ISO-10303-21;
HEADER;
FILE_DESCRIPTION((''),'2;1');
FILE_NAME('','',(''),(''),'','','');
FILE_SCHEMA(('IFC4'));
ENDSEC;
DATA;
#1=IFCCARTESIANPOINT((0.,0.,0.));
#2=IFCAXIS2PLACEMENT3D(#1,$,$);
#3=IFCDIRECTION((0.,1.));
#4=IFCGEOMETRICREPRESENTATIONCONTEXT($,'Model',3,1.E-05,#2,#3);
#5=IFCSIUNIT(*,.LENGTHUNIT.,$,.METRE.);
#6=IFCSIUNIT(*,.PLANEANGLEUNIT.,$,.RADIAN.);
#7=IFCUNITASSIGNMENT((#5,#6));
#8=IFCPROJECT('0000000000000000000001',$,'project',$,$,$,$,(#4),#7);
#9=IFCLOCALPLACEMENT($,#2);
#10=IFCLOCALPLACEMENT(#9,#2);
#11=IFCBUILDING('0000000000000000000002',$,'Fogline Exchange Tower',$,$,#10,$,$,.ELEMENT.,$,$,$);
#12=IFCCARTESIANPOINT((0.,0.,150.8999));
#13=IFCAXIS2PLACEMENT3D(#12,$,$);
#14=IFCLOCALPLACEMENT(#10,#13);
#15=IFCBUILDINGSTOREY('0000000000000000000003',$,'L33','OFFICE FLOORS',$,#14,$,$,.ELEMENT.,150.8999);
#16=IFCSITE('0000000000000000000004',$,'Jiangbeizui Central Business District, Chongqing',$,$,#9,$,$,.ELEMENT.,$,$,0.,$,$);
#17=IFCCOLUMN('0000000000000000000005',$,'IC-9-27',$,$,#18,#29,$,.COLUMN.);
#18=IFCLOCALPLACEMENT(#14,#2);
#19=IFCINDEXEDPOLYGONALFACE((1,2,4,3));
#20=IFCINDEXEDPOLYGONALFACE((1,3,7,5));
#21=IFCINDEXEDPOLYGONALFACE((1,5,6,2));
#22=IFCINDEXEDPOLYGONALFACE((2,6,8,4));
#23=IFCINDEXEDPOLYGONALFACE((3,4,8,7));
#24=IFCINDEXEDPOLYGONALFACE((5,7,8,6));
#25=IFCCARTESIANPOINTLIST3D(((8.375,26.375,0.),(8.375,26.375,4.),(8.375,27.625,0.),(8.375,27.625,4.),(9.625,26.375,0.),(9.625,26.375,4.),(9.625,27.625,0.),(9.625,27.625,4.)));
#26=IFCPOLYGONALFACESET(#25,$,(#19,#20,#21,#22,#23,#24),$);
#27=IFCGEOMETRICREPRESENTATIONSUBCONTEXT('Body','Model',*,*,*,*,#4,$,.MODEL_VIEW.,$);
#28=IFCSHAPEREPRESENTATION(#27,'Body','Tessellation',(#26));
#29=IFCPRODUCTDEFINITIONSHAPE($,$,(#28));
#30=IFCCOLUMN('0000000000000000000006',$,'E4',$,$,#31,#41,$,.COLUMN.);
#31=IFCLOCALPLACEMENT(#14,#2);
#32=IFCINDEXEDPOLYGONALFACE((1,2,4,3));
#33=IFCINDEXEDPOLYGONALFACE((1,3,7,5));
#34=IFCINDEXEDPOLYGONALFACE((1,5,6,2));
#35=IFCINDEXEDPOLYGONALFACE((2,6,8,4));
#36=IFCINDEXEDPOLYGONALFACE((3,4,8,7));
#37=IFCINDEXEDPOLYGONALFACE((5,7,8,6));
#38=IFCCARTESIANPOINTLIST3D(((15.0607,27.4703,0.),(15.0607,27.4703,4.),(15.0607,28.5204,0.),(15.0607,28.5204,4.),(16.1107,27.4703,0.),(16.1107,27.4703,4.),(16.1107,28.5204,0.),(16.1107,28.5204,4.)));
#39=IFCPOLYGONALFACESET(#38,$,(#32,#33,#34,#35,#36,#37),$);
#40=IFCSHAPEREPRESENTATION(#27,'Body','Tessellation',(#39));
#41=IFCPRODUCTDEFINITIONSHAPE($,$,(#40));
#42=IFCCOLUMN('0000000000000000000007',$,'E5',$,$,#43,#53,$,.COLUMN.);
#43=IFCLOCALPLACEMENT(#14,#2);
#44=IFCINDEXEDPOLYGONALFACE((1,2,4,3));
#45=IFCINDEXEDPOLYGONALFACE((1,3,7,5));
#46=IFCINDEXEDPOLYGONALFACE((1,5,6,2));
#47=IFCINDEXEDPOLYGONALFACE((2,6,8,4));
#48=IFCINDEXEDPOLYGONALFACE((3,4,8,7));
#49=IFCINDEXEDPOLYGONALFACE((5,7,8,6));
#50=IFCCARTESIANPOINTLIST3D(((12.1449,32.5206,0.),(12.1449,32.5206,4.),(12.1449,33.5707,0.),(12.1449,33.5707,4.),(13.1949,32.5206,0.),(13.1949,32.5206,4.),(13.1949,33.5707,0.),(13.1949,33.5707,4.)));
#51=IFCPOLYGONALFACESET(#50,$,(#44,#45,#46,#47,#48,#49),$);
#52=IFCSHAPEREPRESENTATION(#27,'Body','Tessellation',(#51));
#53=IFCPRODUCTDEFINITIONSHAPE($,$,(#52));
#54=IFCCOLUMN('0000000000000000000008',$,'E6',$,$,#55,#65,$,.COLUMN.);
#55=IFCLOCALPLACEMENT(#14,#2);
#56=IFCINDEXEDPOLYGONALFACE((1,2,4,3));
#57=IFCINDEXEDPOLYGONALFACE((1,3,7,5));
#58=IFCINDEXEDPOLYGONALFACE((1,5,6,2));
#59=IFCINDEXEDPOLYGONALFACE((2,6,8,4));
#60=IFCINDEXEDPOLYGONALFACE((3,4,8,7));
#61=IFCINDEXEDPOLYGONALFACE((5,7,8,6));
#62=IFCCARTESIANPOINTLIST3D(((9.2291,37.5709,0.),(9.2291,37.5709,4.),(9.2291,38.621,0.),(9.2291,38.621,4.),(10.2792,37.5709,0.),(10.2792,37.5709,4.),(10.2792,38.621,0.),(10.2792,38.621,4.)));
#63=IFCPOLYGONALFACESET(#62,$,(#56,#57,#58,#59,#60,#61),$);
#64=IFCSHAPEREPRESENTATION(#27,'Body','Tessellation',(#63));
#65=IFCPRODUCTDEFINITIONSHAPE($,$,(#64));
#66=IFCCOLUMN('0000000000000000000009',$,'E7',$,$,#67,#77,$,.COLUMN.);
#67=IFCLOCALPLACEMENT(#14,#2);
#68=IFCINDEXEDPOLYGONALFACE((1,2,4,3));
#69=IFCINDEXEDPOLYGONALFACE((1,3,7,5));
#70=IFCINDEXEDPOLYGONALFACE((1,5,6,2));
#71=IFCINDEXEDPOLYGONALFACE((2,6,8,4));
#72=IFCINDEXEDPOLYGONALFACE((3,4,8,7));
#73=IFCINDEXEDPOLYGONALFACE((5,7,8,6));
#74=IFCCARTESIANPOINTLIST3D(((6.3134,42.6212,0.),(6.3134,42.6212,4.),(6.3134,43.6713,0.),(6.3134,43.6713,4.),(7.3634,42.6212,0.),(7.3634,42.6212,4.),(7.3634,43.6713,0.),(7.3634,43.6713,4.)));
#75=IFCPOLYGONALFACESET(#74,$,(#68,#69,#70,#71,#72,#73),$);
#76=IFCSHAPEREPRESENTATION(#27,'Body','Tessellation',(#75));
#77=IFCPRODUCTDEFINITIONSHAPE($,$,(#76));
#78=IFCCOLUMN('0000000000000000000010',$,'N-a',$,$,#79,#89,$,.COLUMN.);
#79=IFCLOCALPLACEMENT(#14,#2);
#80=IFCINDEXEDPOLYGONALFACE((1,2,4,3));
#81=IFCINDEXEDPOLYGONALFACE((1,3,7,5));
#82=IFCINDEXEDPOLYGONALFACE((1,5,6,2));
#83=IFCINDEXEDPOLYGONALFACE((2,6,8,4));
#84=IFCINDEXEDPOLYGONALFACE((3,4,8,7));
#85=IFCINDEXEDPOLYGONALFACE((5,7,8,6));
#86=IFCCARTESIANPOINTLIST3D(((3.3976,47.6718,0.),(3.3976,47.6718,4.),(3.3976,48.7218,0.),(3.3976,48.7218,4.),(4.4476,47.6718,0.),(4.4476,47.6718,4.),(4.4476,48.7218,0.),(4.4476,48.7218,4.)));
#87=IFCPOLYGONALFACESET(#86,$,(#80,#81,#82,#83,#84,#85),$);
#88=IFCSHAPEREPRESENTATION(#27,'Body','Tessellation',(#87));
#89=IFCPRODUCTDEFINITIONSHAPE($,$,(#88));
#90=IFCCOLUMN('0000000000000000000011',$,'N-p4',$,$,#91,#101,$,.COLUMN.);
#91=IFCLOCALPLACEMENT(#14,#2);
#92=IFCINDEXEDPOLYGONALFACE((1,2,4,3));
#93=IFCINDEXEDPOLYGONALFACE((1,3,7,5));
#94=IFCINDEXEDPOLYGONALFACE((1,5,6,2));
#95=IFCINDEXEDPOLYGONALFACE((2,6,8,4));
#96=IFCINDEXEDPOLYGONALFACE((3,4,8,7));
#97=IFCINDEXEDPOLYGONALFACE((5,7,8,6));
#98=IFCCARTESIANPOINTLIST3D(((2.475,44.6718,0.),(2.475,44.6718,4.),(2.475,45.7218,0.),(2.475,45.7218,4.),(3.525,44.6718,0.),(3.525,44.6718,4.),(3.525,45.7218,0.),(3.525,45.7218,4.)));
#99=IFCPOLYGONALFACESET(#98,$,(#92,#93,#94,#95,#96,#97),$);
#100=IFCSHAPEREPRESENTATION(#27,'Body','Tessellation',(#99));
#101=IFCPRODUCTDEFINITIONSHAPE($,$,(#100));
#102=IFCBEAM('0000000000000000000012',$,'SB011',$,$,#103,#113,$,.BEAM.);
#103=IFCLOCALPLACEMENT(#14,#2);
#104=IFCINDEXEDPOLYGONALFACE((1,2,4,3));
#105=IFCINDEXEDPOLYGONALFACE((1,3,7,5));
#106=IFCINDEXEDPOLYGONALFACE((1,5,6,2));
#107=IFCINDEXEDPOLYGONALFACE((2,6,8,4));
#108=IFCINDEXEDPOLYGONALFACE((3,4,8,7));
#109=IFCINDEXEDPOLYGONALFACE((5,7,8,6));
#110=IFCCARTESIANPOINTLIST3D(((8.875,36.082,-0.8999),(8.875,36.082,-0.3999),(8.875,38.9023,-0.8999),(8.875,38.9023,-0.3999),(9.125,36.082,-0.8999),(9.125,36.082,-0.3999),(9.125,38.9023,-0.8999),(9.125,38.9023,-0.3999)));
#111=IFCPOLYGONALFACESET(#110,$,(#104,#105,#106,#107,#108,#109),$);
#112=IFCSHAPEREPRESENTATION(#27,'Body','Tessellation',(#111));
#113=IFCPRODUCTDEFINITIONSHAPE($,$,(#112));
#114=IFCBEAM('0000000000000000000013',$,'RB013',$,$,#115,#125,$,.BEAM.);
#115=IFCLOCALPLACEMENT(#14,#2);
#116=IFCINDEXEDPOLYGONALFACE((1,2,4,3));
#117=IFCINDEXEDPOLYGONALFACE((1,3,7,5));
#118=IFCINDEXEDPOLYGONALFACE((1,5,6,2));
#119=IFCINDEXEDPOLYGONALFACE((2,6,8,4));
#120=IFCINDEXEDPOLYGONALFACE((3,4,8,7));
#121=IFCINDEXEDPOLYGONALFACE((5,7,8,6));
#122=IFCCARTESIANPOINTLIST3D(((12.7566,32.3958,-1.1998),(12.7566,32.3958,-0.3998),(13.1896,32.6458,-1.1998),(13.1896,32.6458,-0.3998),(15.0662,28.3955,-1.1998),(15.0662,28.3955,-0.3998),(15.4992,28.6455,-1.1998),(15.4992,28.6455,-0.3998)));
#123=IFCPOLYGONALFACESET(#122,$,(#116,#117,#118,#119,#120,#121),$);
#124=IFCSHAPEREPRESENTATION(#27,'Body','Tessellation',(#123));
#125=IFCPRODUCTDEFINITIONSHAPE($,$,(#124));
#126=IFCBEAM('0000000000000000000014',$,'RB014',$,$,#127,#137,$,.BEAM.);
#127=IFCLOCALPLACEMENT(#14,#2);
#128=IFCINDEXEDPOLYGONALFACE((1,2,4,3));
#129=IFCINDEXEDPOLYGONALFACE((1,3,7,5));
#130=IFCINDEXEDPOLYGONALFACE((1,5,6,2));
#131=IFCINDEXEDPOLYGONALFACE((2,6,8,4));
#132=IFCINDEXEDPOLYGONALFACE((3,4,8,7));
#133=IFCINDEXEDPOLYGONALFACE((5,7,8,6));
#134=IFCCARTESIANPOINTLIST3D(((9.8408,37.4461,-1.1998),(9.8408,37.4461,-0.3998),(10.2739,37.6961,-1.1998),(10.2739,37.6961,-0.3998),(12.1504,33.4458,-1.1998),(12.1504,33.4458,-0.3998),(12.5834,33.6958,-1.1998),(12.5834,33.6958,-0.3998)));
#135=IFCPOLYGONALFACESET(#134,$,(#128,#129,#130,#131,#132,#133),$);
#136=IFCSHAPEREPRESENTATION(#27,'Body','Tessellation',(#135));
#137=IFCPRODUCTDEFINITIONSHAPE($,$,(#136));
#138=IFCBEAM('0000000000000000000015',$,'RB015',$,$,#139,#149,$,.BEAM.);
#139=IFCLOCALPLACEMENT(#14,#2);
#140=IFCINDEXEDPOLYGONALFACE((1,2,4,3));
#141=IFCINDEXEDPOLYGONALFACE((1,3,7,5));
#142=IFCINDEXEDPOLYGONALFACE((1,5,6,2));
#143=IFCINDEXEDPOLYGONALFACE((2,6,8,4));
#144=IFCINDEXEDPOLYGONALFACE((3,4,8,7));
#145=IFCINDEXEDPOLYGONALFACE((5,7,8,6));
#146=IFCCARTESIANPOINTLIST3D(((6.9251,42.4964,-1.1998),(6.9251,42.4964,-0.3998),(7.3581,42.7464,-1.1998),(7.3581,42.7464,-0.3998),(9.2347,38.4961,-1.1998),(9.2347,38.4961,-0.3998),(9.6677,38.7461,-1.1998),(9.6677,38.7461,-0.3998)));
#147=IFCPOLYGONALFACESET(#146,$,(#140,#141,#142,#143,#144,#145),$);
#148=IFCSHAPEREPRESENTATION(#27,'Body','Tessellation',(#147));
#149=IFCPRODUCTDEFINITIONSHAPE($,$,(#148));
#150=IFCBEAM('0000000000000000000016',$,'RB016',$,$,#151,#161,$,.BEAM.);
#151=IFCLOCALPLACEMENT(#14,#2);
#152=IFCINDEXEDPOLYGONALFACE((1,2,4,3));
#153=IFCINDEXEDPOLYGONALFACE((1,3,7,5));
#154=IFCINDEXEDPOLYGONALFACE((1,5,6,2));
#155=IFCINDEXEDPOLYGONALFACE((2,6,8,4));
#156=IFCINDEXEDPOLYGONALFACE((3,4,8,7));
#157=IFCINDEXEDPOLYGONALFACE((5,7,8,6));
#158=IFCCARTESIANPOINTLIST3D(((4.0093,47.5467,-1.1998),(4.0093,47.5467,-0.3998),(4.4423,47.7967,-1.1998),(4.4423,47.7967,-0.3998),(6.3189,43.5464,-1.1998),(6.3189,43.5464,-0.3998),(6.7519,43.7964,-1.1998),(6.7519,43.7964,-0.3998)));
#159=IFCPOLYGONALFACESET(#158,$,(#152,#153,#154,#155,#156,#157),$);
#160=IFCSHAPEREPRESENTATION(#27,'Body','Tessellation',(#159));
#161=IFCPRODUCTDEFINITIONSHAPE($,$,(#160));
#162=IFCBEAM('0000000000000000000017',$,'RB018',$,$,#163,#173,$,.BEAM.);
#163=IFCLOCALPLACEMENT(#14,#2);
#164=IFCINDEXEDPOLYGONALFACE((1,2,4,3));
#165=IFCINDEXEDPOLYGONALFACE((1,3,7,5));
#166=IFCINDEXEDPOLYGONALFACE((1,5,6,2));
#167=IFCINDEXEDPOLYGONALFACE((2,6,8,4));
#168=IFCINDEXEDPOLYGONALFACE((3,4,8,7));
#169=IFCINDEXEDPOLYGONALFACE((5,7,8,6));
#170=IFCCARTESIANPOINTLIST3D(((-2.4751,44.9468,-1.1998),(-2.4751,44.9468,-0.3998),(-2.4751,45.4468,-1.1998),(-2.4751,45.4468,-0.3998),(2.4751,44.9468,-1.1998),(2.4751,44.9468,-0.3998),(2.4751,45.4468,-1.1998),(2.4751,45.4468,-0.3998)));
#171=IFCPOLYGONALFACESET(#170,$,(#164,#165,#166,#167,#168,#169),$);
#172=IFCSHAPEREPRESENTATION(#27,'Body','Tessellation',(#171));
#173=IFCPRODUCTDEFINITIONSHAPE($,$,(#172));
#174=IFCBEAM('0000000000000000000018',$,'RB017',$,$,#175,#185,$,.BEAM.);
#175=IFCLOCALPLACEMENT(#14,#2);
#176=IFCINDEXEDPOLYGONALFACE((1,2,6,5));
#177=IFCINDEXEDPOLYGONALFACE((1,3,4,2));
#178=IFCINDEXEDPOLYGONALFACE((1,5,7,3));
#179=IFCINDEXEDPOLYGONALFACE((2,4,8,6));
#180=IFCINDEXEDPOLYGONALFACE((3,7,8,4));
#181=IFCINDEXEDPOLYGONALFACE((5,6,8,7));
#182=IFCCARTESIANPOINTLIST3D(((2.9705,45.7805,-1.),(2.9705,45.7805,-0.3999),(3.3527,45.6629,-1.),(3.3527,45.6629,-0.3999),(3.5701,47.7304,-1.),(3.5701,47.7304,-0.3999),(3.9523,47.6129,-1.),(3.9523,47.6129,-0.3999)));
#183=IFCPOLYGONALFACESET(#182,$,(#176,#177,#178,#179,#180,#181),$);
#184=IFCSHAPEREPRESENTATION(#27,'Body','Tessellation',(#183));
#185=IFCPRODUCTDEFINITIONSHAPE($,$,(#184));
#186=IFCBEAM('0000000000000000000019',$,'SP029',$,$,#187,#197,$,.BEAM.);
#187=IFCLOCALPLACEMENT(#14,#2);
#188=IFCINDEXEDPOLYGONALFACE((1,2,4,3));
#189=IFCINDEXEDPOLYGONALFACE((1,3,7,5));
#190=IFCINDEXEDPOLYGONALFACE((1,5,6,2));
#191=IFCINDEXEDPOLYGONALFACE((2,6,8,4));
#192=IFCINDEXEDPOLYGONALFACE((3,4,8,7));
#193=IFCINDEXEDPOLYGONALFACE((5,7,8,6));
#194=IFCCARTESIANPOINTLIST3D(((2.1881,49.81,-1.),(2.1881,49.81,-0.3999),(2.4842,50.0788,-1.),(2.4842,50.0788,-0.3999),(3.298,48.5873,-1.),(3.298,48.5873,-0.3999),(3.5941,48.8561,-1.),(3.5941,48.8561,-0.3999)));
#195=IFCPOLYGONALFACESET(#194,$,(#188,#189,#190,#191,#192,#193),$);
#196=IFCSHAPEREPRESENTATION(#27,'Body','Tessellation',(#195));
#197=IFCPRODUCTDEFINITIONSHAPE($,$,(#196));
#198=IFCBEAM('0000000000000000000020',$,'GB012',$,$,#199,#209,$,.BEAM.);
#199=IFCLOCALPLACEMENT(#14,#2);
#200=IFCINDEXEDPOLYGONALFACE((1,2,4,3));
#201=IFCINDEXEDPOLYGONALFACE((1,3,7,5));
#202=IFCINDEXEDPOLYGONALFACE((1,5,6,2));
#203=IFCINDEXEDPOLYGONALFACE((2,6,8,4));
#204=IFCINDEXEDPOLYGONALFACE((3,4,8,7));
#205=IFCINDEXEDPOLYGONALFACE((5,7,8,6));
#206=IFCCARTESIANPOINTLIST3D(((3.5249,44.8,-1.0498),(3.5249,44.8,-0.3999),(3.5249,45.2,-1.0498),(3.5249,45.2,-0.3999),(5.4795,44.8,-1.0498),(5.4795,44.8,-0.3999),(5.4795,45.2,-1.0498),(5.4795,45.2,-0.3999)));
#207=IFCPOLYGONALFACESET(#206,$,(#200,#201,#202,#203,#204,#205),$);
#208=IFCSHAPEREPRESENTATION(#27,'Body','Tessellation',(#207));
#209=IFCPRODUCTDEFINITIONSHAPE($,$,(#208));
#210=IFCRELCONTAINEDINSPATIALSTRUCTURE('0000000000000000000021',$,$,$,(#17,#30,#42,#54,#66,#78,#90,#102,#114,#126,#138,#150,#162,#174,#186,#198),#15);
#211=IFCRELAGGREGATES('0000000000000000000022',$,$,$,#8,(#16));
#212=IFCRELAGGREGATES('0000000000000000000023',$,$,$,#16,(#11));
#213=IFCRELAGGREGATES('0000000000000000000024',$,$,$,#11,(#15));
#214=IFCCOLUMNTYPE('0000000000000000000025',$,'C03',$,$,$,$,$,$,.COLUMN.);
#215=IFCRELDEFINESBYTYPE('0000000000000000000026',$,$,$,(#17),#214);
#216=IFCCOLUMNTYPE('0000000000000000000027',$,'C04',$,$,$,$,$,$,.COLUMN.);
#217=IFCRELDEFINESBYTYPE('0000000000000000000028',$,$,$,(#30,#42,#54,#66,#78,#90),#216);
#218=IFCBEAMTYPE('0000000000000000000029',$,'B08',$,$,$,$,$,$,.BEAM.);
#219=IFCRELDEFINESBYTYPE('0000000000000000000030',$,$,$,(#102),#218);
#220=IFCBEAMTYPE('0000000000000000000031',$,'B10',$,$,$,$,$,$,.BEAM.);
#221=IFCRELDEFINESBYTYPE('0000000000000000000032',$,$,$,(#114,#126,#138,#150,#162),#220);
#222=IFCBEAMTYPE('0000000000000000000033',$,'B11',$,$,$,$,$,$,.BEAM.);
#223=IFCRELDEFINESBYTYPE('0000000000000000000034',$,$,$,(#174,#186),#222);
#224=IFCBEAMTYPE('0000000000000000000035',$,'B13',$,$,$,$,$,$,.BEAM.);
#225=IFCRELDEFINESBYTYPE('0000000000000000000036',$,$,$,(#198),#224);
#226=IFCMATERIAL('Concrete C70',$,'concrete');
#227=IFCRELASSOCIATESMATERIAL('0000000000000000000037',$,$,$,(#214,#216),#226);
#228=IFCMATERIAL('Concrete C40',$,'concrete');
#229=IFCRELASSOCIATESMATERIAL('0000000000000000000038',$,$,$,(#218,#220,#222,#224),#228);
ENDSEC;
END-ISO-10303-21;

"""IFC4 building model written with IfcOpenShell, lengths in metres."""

from ifc_helpers import new_model, si_unit, direction, frame, origin, origin_2d, place, context, subcontext, project, spatial, rectangle, extrude, material, material_profile, profile_set, type_object, element, save


model = new_model("IFC4")

# Units and contexts
model_context = context("Model", 3, precision=1e-05, world=origin(), true_north=direction((0.0, 1.0)))
body_context = subcontext(model_context, "Body", "Model", "MODEL_VIEW")
ifc_project = project(units=[si_unit("LENGTHUNIT", "METRE"), si_unit("PLANEANGLEUNIT", "RADIAN")], contexts=[model_context])

# Site, building, storey
site_placement = place(None, origin())
site = spatial("IfcSite", under=ifc_project, at=site_placement, Name="Jiangbeizui Central Business District, Chongqing", CompositionType="ELEMENT", RefElevation=0.0)
building_placement = place(site_placement, origin())
building = spatial("IfcBuilding", under=site, at=building_placement, Name="Fogline Exchange Tower", CompositionType="ELEMENT")
storey_placement = place(building_placement, frame((0.0, 0.0, 150.8999)))
storey = spatial("IfcBuildingStorey", under=building, at=storey_placement, Name="L33", Description="OFFICE FLOORS", CompositionType="ELEMENT", Elevation=150.8999)

# Columns
ifc_material_1 = material(Name="Concrete C70", Category="concrete")
ifc_material_profile_1 = material_profile(ifc_material_1, rectangle(XDim=1.25, YDim=1.25, at=origin_2d()), Name="RC 1250x1250")
ifc_profile_set_1 = profile_set([ifc_material_profile_1], Name="Concrete C70")
column_type_1 = type_object("IfcColumnType", Name="C03", PredefinedType="COLUMN", material=ifc_profile_set_1)
column_placement = place(storey_placement, frame((9.0, 27.0, 0.0), z_axis=(0.0, 0.0, 1.0), x_axis=(1.0, 0.0, 0.0)))
element("IfcColumn", 1, at=column_placement, inside=storey, type_object=column_type_1, Name="IC-9-27", PredefinedType="COLUMN", context=body_context, shape_type="SweptSolid", body=[
    extrude(rectangle(XDim=1.25, YDim=1.25, at=origin_2d()), origin(), (0.0, 0.0, 1.0), 4.0),
])
ifc_material_profile_2 = material_profile(ifc_material_1, rectangle(XDim=1.05, YDim=1.05, at=origin_2d()), Name="RC 1050x1050")
ifc_profile_set_2 = profile_set([ifc_material_profile_2], Name="Concrete C70")
column_type_2 = type_object("IfcColumnType", Name="C04", PredefinedType="COLUMN", material=ifc_profile_set_2)
for number, where, z_axis, x_axis, name in (
    (2, (15.5857, 27.9954, 0.0), (0.0, 0.0, 1.0), (1.0, 0.0, 0.0), "E4"),
    (3, (12.6699, 33.0457, 0.0), (0.0, 0.0, 1.0), (1.0, 0.0, 0.0), "E5"),
    (4, (9.7542, 38.0959, 0.0), (0.0, 0.0, 1.0), (1.0, 0.0, 0.0), "E6"),
    (5, (6.8384, 43.1462, 0.0), (0.0, 0.0, 1.0), (1.0, 0.0, 0.0), "E7"),
    (6, (3.9226, 48.1968, 0.0), (0.0, 0.0, 1.0), (1.0, 0.0, 0.0), "N-a"),
    (7, (3.0, 45.1968, 0.0), (0.0, 0.0, 1.0), (1.0, 0.0, 0.0), "N-p4"),
):
    element("IfcColumn", number, at=place(storey_placement, frame(where, z_axis=z_axis, x_axis=x_axis)), inside=storey, type_object=column_type_2, Name=name, PredefinedType="COLUMN", context=body_context, shape_type="SweptSolid", body=[
        extrude(rectangle(XDim=1.05, YDim=1.05, at=origin_2d()), origin(), (0.0, 0.0, 1.0), 4.0),
    ])

# Beams
ifc_material_2 = material(Name="Concrete C40", Category="concrete")
ifc_material_profile_3 = material_profile(ifc_material_2, rectangle(XDim=0.25, YDim=0.5, at=origin_2d()), Name="RC 250x500")
ifc_profile_set_3 = profile_set([ifc_material_profile_3], Name="Concrete C40")
beam_type_1 = type_object("IfcBeamType", Name="B08", PredefinedType="BEAM", material=ifc_profile_set_3)
beam_1_placement = place(storey_placement, frame((9.0, 36.082, -0.6499), z_axis=(0.0, 1.0, 0.0), x_axis=(-1.0, 0.0, 0.0)))
element("IfcBeam", 8, at=beam_1_placement, inside=storey, type_object=beam_type_1, Name="SB011", PredefinedType="BEAM", context=body_context, shape_type="SweptSolid", body=[
    extrude(rectangle(XDim=0.25, YDim=0.5, at=origin_2d()), origin(), (0.0, 0.0, 1.0), 2.8203),
])
ifc_material_profile_4 = material_profile(ifc_material_2, rectangle(XDim=0.5, YDim=0.8, at=origin_2d()), Name="RC 500x800")
ifc_profile_set_4 = profile_set([ifc_material_profile_4], Name="Concrete C40")
beam_type_2 = type_object("IfcBeamType", Name="B10", PredefinedType="BEAM", material=ifc_profile_set_4)
for number, where, z_axis, x_axis, name in (
    (9, (15.2827, 28.5205, -0.7998), (-0.500005, 0.866023, 0.0), (-0.866023, -0.500005, 0.0), "RB013"),
    (10, (12.3669, 33.5708, -0.7998), (-0.500005, 0.866023, 0.0), (-0.866023, -0.500005, 0.0), "RB014"),
    (11, (9.4512, 38.6211, -0.7998), (-0.500005, 0.866023, 0.0), (-0.866023, -0.500005, 0.0), "RB015"),
    (12, (6.5354, 43.6714, -0.7998), (-0.500005, 0.866023, 0.0), (-0.866023, -0.500005, 0.0), "RB016"),
):
    element("IfcBeam", number, at=place(storey_placement, frame(where, z_axis=z_axis, x_axis=x_axis)), inside=storey, type_object=beam_type_2, Name=name, PredefinedType="BEAM", context=body_context, shape_type="SweptSolid", body=[
        extrude(rectangle(XDim=0.5, YDim=0.8, at=origin_2d()), origin(), (0.0, 0.0, 1.0), 4.6191),
    ])
beam_2_placement = place(storey_placement, frame((2.4751, 45.1968, -0.7998), z_axis=(-1.0, 0.0, 0.0), x_axis=(0.0, -1.0, 0.0)))
element("IfcBeam", 13, at=beam_2_placement, inside=storey, type_object=beam_type_2, Name="RB018", PredefinedType="BEAM", context=body_context, shape_type="SweptSolid", body=[
    extrude(rectangle(XDim=0.5, YDim=0.8, at=origin_2d()), origin(), (0.0, 0.0, 1.0), 4.9502),
])
ifc_material_profile_5 = material_profile(ifc_material_2, rectangle(XDim=0.3999, YDim=0.6001, at=origin_2d()), Name="RC 400x600")
ifc_profile_set_5 = profile_set([ifc_material_profile_5], Name="Concrete C40")
beam_type_3 = type_object("IfcBeamType", Name="B11", PredefinedType="BEAM", material=ifc_profile_set_5)
beam_3_placement = place(storey_placement, frame((3.7612, 47.6716, -0.7), z_axis=(-0.293918, -0.955831, 0.0), x_axis=(0.955831, -0.293918, 0.0)))
element("IfcBeam", 14, at=beam_3_placement, inside=storey, type_object=beam_type_3, Name="RB017", PredefinedType="BEAM", context=body_context, shape_type="SweptSolid", body=[
    extrude(rectangle(XDim=0.3999, YDim=0.6001, at=origin_2d()), origin(), (0.0, 0.0, 1.0), 2.04),
])
beam_4_placement = place(storey_placement, frame((3.446, 48.7217, -0.7), z_axis=(-0.672128, 0.740435, 0.0), x_axis=(-0.740435, -0.672128, 0.0)))
element("IfcBeam", 15, at=beam_4_placement, inside=storey, type_object=beam_type_3, Name="SP029", PredefinedType="BEAM", context=body_context, shape_type="SweptSolid", body=[
    extrude(rectangle(XDim=0.3999, YDim=0.6001, at=origin_2d()), origin(), (0.0, 0.0, 1.0), 1.6514),
])
ifc_material_profile_6 = material_profile(ifc_material_2, rectangle(XDim=0.3999, YDim=0.6499, at=origin_2d()), Name="RC 400x650")
ifc_profile_set_6 = profile_set([ifc_material_profile_6], Name="Concrete C40")
beam_type_4 = type_object("IfcBeamType", Name="B13", PredefinedType="BEAM", material=ifc_profile_set_6)
beam_5_placement = place(storey_placement, frame((3.5249, 45.0, -0.7249), z_axis=(1.0, 0.0, 0.0), x_axis=(0.0, 1.0, 0.0)))
element("IfcBeam", 16, at=beam_5_placement, inside=storey, type_object=beam_type_4, Name="GB012", PredefinedType="BEAM", context=body_context, shape_type="SweptSolid", body=[
    extrude(rectangle(XDim=0.3999, YDim=0.6499, at=origin_2d()), origin(), (0.0, 0.0, 1.0), 1.9546),
])

save(model, "model.ifc")
